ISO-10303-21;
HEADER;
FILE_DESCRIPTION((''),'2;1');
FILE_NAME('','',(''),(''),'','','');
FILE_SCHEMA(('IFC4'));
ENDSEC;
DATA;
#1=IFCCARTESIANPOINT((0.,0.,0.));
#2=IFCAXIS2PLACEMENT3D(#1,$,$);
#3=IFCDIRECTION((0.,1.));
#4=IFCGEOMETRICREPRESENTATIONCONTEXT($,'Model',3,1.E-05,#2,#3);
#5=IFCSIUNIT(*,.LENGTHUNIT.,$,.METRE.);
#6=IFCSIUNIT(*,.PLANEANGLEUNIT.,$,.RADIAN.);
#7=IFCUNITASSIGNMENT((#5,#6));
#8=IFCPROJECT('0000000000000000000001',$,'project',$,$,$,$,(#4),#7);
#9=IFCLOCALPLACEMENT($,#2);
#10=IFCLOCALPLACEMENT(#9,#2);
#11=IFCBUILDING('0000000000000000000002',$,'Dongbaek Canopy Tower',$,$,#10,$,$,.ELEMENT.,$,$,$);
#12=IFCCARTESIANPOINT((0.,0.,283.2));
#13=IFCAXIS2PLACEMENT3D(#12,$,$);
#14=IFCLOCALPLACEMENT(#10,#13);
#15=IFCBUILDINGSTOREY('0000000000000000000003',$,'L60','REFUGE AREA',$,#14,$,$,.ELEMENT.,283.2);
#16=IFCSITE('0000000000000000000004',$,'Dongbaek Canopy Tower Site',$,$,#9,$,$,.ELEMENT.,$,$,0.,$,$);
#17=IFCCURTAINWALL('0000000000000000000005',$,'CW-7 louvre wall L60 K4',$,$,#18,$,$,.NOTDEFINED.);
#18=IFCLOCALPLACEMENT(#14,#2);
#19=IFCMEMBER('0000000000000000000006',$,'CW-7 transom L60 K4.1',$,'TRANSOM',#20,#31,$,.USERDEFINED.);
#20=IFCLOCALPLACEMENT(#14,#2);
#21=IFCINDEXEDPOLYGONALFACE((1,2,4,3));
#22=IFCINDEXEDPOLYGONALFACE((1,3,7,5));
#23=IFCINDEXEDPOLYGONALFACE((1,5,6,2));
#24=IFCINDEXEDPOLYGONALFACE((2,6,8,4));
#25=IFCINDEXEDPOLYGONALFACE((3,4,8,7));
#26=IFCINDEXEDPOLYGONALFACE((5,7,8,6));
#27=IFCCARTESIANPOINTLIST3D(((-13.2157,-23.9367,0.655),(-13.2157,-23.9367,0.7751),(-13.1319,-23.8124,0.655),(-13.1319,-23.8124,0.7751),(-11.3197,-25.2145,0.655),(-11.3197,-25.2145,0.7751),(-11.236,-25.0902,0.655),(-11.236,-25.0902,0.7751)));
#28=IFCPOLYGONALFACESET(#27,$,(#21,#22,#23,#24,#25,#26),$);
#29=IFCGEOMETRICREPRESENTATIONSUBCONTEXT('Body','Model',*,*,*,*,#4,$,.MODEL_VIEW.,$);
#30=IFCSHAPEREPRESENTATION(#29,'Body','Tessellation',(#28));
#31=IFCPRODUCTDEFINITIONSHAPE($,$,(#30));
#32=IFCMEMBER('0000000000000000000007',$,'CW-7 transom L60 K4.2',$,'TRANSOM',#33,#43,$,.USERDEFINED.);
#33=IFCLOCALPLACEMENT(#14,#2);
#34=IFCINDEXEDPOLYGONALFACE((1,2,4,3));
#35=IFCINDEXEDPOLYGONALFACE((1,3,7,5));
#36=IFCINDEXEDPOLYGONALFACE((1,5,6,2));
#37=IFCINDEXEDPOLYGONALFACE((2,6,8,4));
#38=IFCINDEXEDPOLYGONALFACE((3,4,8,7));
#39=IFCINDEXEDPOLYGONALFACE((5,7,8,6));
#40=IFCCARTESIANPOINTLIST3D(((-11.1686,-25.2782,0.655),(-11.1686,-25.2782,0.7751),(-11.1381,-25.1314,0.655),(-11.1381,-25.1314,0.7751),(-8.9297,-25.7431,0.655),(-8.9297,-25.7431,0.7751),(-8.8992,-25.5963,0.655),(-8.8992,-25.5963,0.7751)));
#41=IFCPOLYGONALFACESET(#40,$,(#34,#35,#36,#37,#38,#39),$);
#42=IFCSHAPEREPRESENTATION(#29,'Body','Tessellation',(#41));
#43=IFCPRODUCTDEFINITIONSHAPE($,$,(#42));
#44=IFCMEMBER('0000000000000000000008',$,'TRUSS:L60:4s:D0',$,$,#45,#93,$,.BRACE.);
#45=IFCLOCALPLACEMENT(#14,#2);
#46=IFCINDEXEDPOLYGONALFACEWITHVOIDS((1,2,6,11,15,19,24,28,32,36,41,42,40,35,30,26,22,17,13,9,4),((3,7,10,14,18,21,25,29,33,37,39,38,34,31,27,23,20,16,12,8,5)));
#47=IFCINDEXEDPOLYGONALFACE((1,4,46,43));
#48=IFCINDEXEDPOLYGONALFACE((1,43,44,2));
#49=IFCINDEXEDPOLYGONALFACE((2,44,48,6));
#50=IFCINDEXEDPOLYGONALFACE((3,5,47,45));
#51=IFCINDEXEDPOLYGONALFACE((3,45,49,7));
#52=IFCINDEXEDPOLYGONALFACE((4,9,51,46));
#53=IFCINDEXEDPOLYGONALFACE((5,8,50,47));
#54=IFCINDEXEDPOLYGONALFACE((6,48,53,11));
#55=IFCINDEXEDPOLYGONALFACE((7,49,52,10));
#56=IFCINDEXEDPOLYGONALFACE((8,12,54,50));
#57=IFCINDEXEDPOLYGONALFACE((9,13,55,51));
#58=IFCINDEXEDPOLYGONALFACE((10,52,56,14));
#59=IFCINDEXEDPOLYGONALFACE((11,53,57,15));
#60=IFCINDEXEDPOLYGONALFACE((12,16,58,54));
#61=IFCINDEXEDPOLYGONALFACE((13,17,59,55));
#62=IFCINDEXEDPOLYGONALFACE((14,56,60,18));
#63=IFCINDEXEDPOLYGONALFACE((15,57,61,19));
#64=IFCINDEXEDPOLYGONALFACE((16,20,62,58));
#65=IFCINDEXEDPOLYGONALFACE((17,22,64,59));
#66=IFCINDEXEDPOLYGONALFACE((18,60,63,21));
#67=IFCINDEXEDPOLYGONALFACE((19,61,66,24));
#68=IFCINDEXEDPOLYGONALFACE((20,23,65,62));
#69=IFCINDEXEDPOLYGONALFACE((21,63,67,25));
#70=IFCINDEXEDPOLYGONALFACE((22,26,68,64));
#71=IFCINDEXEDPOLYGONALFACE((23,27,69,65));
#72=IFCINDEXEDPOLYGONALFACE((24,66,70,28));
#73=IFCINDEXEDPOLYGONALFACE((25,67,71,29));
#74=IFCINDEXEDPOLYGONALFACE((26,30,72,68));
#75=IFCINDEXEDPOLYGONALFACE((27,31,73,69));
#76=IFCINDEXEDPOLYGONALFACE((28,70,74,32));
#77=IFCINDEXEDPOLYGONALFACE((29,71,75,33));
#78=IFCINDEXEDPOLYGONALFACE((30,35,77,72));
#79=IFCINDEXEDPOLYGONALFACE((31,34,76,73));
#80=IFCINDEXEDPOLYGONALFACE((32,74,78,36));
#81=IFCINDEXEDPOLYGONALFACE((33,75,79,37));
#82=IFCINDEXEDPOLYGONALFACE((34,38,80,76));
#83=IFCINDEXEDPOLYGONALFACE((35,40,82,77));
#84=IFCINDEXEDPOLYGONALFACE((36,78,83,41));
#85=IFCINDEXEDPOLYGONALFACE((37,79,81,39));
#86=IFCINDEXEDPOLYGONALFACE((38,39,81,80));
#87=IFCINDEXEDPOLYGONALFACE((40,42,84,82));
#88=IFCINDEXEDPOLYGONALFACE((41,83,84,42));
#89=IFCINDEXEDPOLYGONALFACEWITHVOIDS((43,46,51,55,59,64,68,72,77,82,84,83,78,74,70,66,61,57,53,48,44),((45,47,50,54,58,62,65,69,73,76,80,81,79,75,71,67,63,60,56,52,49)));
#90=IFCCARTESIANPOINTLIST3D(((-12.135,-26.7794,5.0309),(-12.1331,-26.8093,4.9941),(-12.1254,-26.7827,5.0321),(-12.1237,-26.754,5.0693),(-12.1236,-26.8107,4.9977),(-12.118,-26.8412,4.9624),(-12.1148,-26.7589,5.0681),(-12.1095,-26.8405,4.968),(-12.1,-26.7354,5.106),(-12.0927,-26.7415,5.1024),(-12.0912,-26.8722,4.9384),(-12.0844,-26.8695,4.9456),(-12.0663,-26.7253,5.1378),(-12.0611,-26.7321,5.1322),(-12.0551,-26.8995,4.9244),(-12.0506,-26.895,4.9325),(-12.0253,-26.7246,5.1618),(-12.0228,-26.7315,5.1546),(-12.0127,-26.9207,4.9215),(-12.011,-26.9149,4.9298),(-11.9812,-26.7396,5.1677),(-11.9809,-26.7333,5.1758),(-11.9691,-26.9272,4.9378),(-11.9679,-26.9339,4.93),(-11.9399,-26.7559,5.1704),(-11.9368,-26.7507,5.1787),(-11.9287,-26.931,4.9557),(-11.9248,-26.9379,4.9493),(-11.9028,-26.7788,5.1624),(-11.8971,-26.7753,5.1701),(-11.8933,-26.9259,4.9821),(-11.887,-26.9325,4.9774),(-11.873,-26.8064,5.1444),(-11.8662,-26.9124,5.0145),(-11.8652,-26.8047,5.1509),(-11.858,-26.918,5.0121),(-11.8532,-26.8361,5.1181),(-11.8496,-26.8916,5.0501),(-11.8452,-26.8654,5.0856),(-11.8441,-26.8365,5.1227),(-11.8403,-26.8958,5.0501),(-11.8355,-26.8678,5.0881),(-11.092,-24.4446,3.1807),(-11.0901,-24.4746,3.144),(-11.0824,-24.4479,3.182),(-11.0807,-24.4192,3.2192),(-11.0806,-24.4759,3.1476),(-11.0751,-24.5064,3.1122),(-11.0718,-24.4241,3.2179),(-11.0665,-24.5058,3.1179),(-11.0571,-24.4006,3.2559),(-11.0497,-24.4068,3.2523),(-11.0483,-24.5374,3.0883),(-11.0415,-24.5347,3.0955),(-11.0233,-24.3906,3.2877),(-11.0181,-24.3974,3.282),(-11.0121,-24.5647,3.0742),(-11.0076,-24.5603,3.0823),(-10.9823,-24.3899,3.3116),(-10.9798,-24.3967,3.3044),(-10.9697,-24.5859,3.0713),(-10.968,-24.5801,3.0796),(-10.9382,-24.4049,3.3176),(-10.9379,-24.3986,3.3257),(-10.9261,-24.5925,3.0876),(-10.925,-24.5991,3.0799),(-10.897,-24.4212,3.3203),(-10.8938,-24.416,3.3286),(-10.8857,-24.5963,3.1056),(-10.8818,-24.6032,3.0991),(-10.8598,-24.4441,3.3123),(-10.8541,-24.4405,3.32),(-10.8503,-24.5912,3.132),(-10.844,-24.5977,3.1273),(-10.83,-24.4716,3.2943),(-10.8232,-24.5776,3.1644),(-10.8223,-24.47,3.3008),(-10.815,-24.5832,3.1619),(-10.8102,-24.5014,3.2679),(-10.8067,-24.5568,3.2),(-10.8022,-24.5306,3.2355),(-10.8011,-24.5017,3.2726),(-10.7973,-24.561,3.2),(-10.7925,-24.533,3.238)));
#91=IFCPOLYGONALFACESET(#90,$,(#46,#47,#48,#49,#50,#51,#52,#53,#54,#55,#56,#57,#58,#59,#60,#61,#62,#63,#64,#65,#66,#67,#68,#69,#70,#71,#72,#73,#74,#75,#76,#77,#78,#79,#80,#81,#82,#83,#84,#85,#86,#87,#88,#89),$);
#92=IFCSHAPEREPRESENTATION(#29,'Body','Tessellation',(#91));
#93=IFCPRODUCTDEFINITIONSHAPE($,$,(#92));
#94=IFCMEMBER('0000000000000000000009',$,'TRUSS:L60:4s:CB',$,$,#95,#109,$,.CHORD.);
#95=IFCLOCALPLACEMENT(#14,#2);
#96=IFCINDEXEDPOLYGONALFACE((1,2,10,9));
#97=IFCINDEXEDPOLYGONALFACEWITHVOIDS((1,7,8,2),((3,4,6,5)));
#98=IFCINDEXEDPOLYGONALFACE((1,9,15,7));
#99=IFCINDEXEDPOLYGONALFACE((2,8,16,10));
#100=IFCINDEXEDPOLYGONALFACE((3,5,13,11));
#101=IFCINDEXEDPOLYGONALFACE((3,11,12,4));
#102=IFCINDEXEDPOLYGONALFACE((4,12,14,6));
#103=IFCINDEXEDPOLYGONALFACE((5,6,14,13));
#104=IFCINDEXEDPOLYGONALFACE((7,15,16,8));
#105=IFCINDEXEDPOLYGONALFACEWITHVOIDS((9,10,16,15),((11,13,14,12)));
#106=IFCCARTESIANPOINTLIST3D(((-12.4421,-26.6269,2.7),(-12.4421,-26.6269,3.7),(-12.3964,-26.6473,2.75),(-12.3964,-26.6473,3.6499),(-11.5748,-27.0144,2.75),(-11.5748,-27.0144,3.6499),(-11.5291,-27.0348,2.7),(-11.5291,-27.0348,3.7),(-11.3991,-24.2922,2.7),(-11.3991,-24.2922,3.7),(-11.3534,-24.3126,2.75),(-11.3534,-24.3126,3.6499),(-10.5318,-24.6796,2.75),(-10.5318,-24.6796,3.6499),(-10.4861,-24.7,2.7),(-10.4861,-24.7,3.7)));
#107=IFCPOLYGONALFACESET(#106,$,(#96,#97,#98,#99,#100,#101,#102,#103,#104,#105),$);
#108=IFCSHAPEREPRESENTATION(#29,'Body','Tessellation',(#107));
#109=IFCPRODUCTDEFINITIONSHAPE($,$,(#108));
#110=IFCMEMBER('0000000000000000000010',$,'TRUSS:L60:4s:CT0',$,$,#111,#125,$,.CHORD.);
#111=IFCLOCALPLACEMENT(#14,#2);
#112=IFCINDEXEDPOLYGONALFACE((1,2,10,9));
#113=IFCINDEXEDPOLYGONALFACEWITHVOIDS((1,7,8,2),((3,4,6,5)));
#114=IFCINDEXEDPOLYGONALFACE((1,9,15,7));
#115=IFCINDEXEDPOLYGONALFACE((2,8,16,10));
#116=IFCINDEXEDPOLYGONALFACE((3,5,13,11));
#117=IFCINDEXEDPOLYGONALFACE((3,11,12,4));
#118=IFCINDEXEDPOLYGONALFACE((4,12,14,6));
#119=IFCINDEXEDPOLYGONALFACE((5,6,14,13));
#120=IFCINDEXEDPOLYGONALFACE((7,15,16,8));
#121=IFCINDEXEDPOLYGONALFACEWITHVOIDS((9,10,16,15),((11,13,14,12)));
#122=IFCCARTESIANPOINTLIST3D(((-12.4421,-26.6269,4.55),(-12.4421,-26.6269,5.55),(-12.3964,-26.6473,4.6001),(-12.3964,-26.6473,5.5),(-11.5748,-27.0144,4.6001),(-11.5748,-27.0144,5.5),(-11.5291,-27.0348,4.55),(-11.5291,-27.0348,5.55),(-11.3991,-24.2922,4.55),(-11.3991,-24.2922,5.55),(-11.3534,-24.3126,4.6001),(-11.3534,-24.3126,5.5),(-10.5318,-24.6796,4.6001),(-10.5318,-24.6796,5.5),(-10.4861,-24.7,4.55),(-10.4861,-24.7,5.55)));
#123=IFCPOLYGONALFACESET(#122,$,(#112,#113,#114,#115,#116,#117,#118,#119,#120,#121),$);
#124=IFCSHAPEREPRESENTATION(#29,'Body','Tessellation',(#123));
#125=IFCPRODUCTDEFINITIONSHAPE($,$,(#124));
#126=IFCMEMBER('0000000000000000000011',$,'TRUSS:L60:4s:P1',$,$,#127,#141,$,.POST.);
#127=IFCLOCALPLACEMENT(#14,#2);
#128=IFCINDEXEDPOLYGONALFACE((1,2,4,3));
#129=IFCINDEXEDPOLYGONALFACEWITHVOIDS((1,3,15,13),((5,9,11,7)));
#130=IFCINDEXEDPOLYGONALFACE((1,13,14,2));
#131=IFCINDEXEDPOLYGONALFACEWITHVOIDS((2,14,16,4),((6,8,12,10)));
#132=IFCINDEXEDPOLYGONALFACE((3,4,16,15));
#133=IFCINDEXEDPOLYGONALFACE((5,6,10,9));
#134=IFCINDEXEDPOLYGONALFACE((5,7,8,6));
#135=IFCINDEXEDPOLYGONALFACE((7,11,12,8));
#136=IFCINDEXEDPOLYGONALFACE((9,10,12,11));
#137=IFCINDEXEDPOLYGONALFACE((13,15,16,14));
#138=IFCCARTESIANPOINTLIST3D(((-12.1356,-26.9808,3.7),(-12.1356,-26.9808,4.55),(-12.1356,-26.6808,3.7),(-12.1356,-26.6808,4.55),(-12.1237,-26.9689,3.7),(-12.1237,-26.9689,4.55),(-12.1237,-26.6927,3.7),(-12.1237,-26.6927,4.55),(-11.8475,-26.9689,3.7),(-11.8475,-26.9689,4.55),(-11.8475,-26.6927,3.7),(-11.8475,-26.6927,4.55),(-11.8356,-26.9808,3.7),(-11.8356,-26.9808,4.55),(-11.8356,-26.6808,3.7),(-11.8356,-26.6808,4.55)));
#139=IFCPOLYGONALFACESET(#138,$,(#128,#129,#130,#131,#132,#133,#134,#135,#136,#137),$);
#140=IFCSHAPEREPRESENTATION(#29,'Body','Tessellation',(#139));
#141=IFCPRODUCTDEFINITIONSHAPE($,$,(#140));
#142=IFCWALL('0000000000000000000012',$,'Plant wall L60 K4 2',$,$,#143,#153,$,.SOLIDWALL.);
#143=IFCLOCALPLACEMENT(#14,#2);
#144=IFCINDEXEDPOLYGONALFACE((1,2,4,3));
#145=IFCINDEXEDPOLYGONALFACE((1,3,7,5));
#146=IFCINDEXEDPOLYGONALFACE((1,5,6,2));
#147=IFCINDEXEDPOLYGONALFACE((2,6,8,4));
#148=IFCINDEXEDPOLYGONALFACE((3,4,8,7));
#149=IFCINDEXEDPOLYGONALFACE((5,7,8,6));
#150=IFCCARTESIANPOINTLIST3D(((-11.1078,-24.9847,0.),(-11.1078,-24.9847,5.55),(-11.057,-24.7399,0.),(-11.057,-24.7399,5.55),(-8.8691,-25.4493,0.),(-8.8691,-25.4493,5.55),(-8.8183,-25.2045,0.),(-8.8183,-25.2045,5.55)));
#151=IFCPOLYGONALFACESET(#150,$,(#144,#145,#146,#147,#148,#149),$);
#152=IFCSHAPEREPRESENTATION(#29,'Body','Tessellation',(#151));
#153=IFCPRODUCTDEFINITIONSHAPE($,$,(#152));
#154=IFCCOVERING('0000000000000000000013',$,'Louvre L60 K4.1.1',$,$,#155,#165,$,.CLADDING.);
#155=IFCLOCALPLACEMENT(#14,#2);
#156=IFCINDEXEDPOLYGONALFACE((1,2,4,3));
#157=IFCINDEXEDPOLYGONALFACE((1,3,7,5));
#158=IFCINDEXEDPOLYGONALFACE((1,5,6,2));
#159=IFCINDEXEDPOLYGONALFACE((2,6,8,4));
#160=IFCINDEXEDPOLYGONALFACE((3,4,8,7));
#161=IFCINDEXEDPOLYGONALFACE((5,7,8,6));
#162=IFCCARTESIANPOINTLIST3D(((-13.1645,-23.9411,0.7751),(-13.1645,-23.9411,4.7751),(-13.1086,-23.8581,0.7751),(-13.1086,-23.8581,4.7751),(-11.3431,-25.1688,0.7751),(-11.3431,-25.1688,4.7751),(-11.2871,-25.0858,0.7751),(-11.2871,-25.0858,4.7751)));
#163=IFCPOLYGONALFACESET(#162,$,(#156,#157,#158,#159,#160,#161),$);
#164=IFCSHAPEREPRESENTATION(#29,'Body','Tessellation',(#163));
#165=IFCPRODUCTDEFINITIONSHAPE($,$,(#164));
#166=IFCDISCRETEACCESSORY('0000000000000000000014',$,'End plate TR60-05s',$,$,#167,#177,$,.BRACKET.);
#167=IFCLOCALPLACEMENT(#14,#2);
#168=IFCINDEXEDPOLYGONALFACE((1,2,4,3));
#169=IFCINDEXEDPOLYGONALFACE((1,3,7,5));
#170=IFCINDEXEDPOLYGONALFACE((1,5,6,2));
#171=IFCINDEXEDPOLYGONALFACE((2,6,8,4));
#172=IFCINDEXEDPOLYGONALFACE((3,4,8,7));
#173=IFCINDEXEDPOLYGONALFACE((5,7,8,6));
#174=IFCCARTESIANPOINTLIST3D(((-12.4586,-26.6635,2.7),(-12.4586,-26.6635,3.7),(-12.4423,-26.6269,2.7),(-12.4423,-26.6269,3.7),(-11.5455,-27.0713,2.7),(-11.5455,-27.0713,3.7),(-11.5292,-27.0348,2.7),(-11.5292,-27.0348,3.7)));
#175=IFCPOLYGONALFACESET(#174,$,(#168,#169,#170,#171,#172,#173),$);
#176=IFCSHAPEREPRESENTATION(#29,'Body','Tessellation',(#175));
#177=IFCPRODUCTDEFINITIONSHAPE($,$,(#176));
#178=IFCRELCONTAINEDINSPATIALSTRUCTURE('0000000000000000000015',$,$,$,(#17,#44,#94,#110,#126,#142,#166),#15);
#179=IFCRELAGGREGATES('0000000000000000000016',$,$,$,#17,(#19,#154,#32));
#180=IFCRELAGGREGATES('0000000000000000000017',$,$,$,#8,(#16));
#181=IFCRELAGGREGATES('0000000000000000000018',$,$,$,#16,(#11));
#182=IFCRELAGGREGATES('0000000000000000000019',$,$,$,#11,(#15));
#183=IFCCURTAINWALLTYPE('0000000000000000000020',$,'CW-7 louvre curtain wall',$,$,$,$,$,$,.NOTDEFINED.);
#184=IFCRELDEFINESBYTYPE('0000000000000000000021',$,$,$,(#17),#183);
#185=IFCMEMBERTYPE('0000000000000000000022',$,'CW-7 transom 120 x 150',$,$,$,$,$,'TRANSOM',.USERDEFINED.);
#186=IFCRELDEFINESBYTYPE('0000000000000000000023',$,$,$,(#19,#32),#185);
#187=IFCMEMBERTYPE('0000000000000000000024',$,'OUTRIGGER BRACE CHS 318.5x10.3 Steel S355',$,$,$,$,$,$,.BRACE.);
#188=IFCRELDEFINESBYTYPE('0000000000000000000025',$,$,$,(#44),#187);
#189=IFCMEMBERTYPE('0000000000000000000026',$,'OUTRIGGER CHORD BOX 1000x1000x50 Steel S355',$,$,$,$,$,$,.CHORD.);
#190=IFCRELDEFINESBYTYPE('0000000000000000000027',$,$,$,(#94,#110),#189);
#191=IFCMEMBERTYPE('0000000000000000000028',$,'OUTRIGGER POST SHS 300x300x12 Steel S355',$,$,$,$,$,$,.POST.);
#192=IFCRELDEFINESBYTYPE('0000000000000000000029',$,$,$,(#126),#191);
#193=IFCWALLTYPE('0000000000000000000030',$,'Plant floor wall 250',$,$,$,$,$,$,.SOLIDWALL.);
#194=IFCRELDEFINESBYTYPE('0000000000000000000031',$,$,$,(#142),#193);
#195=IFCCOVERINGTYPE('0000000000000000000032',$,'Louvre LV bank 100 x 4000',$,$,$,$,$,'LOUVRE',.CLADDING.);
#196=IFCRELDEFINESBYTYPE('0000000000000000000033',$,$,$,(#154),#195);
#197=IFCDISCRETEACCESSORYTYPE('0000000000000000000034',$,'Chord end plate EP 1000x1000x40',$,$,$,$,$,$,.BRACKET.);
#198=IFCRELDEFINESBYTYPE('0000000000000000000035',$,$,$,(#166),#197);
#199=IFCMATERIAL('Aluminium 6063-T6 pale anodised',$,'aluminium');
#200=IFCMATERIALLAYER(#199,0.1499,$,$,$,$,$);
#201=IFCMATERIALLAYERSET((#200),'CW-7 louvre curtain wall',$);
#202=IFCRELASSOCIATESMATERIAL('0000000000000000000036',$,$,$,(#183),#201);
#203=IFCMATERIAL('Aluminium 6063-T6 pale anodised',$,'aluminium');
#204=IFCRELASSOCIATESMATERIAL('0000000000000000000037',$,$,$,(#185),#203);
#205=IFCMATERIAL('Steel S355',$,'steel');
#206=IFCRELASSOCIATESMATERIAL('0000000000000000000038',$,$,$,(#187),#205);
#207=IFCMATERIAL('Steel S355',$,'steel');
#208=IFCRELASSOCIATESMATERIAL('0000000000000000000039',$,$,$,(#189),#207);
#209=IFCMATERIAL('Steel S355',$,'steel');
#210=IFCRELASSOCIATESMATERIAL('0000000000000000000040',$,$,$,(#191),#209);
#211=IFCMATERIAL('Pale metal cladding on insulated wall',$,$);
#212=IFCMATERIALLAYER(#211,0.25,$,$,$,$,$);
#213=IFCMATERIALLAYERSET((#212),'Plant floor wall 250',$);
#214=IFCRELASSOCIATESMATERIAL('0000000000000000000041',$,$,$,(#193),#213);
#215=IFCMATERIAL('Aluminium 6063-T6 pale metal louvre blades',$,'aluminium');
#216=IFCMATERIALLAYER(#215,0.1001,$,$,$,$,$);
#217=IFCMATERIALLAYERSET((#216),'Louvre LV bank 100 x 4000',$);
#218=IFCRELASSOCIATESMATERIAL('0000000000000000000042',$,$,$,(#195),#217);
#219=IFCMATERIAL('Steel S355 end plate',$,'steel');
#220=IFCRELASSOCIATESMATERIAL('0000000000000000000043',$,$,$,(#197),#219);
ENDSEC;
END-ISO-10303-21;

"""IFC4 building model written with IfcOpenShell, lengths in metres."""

from ifc_helpers import new_model, si_unit, direction, frame, frame_2d, origin, origin_2d, place, context, subcontext, project, spatial, rectangle, hollow_rectangle, hollow_circle, extrude, material, layer, layer_set, material_profile, profile_set, type_object, element, aggregate, save


model = new_model("IFC4")

# Units and contexts
model_context = context("Model", 3, precision=1e-05, world=origin(), true_north=direction((0.0, 1.0)))
body_context = subcontext(model_context, "Body", "Model", "MODEL_VIEW")
ifc_project = project(units=[si_unit("LENGTHUNIT", "METRE"), si_unit("PLANEANGLEUNIT", "RADIAN")], contexts=[model_context])

# Site, building, storey
site_placement = place(None, origin())
site = spatial("IfcSite", under=ifc_project, at=site_placement, Name="Dongbaek Canopy Tower Site", CompositionType="ELEMENT", RefElevation=0.0)
building_placement = place(site_placement, origin())
building = spatial("IfcBuilding", under=site, at=building_placement, Name="Dongbaek Canopy Tower", CompositionType="ELEMENT")
storey_placement = place(building_placement, frame((0.0, 0.0, 283.2)))
storey = spatial("IfcBuildingStorey", under=building, at=storey_placement, Name="L60", Description="REFUGE AREA", CompositionType="ELEMENT", Elevation=283.2)

# Curtain wall, members
ifc_material_1 = material(Name="Aluminium 6063-T6 pale anodised", Category="aluminium")
ifc_layer_1 = layer(ifc_material_1, 0.1499)
ifc_layer_set_1 = layer_set([ifc_layer_1], Name="CW-7 louvre curtain wall")
curtain_wall_type = type_object("IfcCurtainWallType", Name="CW-7 louvre curtain wall", PredefinedType="NOTDEFINED", material=ifc_layer_set_1)
curtain_wall_placement = place(storey_placement, origin())
curtain_wall = element("IfcCurtainWall", 1, at=curtain_wall_placement, inside=storey, type_object=curtain_wall_type, Name="CW-7 louvre wall L60 K4", PredefinedType="NOTDEFINED")
ifc_material_2 = material(Name="Aluminium 6063-T6 pale anodised", Category="aluminium")
ifc_material_profile_1 = material_profile(ifc_material_2, rectangle(XDim=0.1499, YDim=0.1201, at=origin_2d()), Name="CW-7 transom 120 x 150")
ifc_profile_set_1 = profile_set([ifc_material_profile_1], Name="Aluminium 6063-T6 pale anodised")
member_type_1 = type_object("IfcMemberType", Name="CW-7 transom 120 x 150", ElementType="TRANSOM", PredefinedType="USERDEFINED", material=ifc_profile_set_1)
member_1_placement = place(storey_placement, frame((-13.1738, -23.8745, 0.7151), z_axis=(0.829247, -0.558882, 0.0), x_axis=(0.558882, 0.829247, 0.0)))
member_1 = element("IfcMember", 2, at=member_1_placement, type_object=member_type_1, Name="CW-7 transom L60 K4.1", ObjectType="TRANSOM", PredefinedType="USERDEFINED", context=body_context, shape_type="SweptSolid", body=[
    extrude(rectangle(XDim=0.1499, YDim=0.1201, at=origin_2d()), origin(), (0.0, 0.0, 1.0), 2.2864),
])
member_2_placement = place(storey_placement, frame((-11.1533, -25.2048, 0.7151), z_axis=(0.979117, -0.203298, 0.0), x_axis=(0.203298, 0.979117, 0.0)))
member_2 = element("IfcMember", 3, at=member_2_placement, type_object=member_type_1, Name="CW-7 transom L60 K4.2", ObjectType="TRANSOM", PredefinedType="USERDEFINED", context=body_context, shape_type="SweptSolid", body=[
    extrude(rectangle(XDim=0.1499, YDim=0.1201, at=origin_2d()), origin(), (0.0, 0.0, 1.0), 2.2866),
])

# Members
ifc_material_3 = material(Name="Steel S355", Category="steel")
ifc_material_profile_2 = material_profile(ifc_material_3, hollow_circle(Radius=0.1592, WallThickness=0.0103, at=origin_2d()), Name="OUTRIGGER BRACE CHS 318.5x10.3 Steel S355")
ifc_profile_set_2 = profile_set([ifc_material_profile_2], Name="Steel S355")
member_type_2 = type_object("IfcMemberType", Name="OUTRIGGER BRACE CHS 318.5x10.3 Steel S355", PredefinedType="BRACE", material=ifc_profile_set_2)
member_3_placement = place(storey_placement, frame((-10.9426, -24.4961, 3.2), z_axis=(-0.330452, -0.739726, 0.58618), x_axis=(0.913038, -0.407874, 0.0)))
element("IfcMember", 4, at=member_3_placement, inside=storey, type_object=member_type_2, Name="TRUSS:L60:4s:D0", PredefinedType="BRACE", context=body_context, shape_type="SweptSolid", body=[
    extrude(hollow_circle(Radius=0.1592, WallThickness=0.0103, at=origin_2d()), origin(), (0.0, 0.0, 1.0), 3.1562),
])
ifc_material_4 = material(Name="Steel S355", Category="steel")
ifc_material_profile_3 = material_profile(ifc_material_4, hollow_rectangle(XDim=1.0, YDim=1.0, WallThickness=0.05, at=origin_2d()), Name="OUTRIGGER CHORD BOX 1000x1000x50 Steel S355")
ifc_profile_set_3 = profile_set([ifc_material_profile_3], Name="Steel S355")
member_type_3 = type_object("IfcMemberType", Name="OUTRIGGER CHORD BOX 1000x1000x50 Steel S355", PredefinedType="CHORD", material=ifc_profile_set_3)
for number, where, z_axis, x_axis, name in (
    (5, (-10.9426, -24.4961, 3.2), (-0.407874, -0.913038, 0.0), (0.913038, -0.407874, 0.0), "TRUSS:L60:4s:CB"),
    (6, (-10.9426, -24.4961, 5.05), (-0.407874, -0.913038, 0.0), (0.913038, -0.407874, 0.0), "TRUSS:L60:4s:CT0"),
):
    element("IfcMember", number, at=place(storey_placement, frame(where, z_axis=z_axis, x_axis=x_axis)), inside=storey, type_object=member_type_3, Name=name, PredefinedType="CHORD", context=body_context, shape_type="SweptSolid", body=[
        extrude(hollow_rectangle(XDim=1.0, YDim=1.0, WallThickness=0.05, at=origin_2d()), origin(), (0.0, 0.0, 1.0), 2.5571),
    ])
ifc_material_5 = material(Name="Steel S355", Category="steel")
ifc_material_profile_4 = material_profile(ifc_material_5, hollow_rectangle(XDim=0.3, YDim=0.3, WallThickness=0.012, at=origin_2d()), Name="OUTRIGGER POST SHS 300x300x12 Steel S355")
ifc_profile_set_4 = profile_set([ifc_material_profile_4], Name="Steel S355")
member_type_4 = type_object("IfcMemberType", Name="OUTRIGGER POST SHS 300x300x12 Steel S355", PredefinedType="POST", material=ifc_profile_set_4)
member_4_placement = place(storey_placement, frame((-11.9856, -26.8308, 3.7), z_axis=(0.0, 0.0, 1.0), x_axis=(1.0, 0.0, 0.0)))
element("IfcMember", 7, at=member_4_placement, inside=storey, type_object=member_type_4, Name="TRUSS:L60:4s:P1", PredefinedType="POST", context=body_context, shape_type="SweptSolid", body=[
    extrude(hollow_rectangle(XDim=0.3, YDim=0.3, WallThickness=0.012, at=origin_2d()), origin(), (0.0, 0.0, 1.0), 0.8501),
])

# Wall
ifc_material_6 = material(Name="Pale metal cladding on insulated wall")
ifc_layer_2 = layer(ifc_material_6, 0.25)
ifc_layer_set_2 = layer_set([ifc_layer_2], Name="Plant floor wall 250")
wall_type = type_object("IfcWallType", Name="Plant floor wall 250", PredefinedType="SOLIDWALL", material=ifc_layer_set_2)
wall_placement = place(storey_placement, frame((-11.0823, -24.8623, 0.0), z_axis=(0.0, 0.0, 1.0), x_axis=(0.979138, -0.203195, 0.0)))
element("IfcWall", 8, at=wall_placement, inside=storey, type_object=wall_type, Name="Plant wall L60 K4 2", PredefinedType="SOLIDWALL", context=body_context, shape_type="SweptSolid", body=[
    extrude(rectangle(XDim=2.2864, YDim=0.25, at=frame_2d((1.1431, 0.0))), origin(), (0.0, 0.0, 1.0), 5.55),
])

# Covering
ifc_material_7 = material(Name="Aluminium 6063-T6 pale metal louvre blades", Category="aluminium")
ifc_layer_3 = layer(ifc_material_7, 0.1001)
ifc_layer_set_3 = layer_set([ifc_layer_3], Name="Louvre LV bank 100 x 4000")
covering_type = type_object("IfcCoveringType", Name="Louvre LV bank 100 x 4000", ElementType="LOUVRE", PredefinedType="CLADDING", material=ifc_layer_set_3)
covering_placement = place(storey_placement, frame((-12.2258, -24.5134, 0.7751), z_axis=(0.0, 0.0, 1.0), x_axis=(0.829223, -0.558918, 0.0)))
covering = element("IfcCovering", 9, at=covering_placement, type_object=covering_type, Name="Louvre L60 K4.1.1", PredefinedType="CLADDING", context=body_context, shape_type="SweptSolid", body=[
    extrude(rectangle(XDim=2.1965, YDim=0.1001, at=origin_2d()), origin(), (0.0, 0.0, 1.0), 4.0),
])

# Discrete accessory
ifc_material_8 = material(Name="Steel S355 end plate", Category="steel")
discrete_accessory_type_1 = type_object("IfcDiscreteAccessoryType", Name="Chord end plate EP 1000x1000x40", PredefinedType="BRACKET", material=ifc_material_8)
discrete_accessory_1_placement = place(storey_placement, frame((-11.9939, -26.8491, 2.7), z_axis=(0.0, 0.0, 1.0), x_axis=(0.407868, 0.913041, 0.0)))
element("IfcDiscreteAccessory", 10, at=discrete_accessory_1_placement, inside=storey, type_object=discrete_accessory_type_1, Name="End plate TR60-05s", PredefinedType="BRACKET", context=body_context, shape_type="SweptSolid", body=[
    extrude(rectangle(XDim=0.04, YDim=1.0, at=origin_2d()), origin(), (0.0, 0.0, 1.0), 1.0),
])
aggregate(curtain_wall, [member_1, covering, member_2])

save(model, "model.ifc")
